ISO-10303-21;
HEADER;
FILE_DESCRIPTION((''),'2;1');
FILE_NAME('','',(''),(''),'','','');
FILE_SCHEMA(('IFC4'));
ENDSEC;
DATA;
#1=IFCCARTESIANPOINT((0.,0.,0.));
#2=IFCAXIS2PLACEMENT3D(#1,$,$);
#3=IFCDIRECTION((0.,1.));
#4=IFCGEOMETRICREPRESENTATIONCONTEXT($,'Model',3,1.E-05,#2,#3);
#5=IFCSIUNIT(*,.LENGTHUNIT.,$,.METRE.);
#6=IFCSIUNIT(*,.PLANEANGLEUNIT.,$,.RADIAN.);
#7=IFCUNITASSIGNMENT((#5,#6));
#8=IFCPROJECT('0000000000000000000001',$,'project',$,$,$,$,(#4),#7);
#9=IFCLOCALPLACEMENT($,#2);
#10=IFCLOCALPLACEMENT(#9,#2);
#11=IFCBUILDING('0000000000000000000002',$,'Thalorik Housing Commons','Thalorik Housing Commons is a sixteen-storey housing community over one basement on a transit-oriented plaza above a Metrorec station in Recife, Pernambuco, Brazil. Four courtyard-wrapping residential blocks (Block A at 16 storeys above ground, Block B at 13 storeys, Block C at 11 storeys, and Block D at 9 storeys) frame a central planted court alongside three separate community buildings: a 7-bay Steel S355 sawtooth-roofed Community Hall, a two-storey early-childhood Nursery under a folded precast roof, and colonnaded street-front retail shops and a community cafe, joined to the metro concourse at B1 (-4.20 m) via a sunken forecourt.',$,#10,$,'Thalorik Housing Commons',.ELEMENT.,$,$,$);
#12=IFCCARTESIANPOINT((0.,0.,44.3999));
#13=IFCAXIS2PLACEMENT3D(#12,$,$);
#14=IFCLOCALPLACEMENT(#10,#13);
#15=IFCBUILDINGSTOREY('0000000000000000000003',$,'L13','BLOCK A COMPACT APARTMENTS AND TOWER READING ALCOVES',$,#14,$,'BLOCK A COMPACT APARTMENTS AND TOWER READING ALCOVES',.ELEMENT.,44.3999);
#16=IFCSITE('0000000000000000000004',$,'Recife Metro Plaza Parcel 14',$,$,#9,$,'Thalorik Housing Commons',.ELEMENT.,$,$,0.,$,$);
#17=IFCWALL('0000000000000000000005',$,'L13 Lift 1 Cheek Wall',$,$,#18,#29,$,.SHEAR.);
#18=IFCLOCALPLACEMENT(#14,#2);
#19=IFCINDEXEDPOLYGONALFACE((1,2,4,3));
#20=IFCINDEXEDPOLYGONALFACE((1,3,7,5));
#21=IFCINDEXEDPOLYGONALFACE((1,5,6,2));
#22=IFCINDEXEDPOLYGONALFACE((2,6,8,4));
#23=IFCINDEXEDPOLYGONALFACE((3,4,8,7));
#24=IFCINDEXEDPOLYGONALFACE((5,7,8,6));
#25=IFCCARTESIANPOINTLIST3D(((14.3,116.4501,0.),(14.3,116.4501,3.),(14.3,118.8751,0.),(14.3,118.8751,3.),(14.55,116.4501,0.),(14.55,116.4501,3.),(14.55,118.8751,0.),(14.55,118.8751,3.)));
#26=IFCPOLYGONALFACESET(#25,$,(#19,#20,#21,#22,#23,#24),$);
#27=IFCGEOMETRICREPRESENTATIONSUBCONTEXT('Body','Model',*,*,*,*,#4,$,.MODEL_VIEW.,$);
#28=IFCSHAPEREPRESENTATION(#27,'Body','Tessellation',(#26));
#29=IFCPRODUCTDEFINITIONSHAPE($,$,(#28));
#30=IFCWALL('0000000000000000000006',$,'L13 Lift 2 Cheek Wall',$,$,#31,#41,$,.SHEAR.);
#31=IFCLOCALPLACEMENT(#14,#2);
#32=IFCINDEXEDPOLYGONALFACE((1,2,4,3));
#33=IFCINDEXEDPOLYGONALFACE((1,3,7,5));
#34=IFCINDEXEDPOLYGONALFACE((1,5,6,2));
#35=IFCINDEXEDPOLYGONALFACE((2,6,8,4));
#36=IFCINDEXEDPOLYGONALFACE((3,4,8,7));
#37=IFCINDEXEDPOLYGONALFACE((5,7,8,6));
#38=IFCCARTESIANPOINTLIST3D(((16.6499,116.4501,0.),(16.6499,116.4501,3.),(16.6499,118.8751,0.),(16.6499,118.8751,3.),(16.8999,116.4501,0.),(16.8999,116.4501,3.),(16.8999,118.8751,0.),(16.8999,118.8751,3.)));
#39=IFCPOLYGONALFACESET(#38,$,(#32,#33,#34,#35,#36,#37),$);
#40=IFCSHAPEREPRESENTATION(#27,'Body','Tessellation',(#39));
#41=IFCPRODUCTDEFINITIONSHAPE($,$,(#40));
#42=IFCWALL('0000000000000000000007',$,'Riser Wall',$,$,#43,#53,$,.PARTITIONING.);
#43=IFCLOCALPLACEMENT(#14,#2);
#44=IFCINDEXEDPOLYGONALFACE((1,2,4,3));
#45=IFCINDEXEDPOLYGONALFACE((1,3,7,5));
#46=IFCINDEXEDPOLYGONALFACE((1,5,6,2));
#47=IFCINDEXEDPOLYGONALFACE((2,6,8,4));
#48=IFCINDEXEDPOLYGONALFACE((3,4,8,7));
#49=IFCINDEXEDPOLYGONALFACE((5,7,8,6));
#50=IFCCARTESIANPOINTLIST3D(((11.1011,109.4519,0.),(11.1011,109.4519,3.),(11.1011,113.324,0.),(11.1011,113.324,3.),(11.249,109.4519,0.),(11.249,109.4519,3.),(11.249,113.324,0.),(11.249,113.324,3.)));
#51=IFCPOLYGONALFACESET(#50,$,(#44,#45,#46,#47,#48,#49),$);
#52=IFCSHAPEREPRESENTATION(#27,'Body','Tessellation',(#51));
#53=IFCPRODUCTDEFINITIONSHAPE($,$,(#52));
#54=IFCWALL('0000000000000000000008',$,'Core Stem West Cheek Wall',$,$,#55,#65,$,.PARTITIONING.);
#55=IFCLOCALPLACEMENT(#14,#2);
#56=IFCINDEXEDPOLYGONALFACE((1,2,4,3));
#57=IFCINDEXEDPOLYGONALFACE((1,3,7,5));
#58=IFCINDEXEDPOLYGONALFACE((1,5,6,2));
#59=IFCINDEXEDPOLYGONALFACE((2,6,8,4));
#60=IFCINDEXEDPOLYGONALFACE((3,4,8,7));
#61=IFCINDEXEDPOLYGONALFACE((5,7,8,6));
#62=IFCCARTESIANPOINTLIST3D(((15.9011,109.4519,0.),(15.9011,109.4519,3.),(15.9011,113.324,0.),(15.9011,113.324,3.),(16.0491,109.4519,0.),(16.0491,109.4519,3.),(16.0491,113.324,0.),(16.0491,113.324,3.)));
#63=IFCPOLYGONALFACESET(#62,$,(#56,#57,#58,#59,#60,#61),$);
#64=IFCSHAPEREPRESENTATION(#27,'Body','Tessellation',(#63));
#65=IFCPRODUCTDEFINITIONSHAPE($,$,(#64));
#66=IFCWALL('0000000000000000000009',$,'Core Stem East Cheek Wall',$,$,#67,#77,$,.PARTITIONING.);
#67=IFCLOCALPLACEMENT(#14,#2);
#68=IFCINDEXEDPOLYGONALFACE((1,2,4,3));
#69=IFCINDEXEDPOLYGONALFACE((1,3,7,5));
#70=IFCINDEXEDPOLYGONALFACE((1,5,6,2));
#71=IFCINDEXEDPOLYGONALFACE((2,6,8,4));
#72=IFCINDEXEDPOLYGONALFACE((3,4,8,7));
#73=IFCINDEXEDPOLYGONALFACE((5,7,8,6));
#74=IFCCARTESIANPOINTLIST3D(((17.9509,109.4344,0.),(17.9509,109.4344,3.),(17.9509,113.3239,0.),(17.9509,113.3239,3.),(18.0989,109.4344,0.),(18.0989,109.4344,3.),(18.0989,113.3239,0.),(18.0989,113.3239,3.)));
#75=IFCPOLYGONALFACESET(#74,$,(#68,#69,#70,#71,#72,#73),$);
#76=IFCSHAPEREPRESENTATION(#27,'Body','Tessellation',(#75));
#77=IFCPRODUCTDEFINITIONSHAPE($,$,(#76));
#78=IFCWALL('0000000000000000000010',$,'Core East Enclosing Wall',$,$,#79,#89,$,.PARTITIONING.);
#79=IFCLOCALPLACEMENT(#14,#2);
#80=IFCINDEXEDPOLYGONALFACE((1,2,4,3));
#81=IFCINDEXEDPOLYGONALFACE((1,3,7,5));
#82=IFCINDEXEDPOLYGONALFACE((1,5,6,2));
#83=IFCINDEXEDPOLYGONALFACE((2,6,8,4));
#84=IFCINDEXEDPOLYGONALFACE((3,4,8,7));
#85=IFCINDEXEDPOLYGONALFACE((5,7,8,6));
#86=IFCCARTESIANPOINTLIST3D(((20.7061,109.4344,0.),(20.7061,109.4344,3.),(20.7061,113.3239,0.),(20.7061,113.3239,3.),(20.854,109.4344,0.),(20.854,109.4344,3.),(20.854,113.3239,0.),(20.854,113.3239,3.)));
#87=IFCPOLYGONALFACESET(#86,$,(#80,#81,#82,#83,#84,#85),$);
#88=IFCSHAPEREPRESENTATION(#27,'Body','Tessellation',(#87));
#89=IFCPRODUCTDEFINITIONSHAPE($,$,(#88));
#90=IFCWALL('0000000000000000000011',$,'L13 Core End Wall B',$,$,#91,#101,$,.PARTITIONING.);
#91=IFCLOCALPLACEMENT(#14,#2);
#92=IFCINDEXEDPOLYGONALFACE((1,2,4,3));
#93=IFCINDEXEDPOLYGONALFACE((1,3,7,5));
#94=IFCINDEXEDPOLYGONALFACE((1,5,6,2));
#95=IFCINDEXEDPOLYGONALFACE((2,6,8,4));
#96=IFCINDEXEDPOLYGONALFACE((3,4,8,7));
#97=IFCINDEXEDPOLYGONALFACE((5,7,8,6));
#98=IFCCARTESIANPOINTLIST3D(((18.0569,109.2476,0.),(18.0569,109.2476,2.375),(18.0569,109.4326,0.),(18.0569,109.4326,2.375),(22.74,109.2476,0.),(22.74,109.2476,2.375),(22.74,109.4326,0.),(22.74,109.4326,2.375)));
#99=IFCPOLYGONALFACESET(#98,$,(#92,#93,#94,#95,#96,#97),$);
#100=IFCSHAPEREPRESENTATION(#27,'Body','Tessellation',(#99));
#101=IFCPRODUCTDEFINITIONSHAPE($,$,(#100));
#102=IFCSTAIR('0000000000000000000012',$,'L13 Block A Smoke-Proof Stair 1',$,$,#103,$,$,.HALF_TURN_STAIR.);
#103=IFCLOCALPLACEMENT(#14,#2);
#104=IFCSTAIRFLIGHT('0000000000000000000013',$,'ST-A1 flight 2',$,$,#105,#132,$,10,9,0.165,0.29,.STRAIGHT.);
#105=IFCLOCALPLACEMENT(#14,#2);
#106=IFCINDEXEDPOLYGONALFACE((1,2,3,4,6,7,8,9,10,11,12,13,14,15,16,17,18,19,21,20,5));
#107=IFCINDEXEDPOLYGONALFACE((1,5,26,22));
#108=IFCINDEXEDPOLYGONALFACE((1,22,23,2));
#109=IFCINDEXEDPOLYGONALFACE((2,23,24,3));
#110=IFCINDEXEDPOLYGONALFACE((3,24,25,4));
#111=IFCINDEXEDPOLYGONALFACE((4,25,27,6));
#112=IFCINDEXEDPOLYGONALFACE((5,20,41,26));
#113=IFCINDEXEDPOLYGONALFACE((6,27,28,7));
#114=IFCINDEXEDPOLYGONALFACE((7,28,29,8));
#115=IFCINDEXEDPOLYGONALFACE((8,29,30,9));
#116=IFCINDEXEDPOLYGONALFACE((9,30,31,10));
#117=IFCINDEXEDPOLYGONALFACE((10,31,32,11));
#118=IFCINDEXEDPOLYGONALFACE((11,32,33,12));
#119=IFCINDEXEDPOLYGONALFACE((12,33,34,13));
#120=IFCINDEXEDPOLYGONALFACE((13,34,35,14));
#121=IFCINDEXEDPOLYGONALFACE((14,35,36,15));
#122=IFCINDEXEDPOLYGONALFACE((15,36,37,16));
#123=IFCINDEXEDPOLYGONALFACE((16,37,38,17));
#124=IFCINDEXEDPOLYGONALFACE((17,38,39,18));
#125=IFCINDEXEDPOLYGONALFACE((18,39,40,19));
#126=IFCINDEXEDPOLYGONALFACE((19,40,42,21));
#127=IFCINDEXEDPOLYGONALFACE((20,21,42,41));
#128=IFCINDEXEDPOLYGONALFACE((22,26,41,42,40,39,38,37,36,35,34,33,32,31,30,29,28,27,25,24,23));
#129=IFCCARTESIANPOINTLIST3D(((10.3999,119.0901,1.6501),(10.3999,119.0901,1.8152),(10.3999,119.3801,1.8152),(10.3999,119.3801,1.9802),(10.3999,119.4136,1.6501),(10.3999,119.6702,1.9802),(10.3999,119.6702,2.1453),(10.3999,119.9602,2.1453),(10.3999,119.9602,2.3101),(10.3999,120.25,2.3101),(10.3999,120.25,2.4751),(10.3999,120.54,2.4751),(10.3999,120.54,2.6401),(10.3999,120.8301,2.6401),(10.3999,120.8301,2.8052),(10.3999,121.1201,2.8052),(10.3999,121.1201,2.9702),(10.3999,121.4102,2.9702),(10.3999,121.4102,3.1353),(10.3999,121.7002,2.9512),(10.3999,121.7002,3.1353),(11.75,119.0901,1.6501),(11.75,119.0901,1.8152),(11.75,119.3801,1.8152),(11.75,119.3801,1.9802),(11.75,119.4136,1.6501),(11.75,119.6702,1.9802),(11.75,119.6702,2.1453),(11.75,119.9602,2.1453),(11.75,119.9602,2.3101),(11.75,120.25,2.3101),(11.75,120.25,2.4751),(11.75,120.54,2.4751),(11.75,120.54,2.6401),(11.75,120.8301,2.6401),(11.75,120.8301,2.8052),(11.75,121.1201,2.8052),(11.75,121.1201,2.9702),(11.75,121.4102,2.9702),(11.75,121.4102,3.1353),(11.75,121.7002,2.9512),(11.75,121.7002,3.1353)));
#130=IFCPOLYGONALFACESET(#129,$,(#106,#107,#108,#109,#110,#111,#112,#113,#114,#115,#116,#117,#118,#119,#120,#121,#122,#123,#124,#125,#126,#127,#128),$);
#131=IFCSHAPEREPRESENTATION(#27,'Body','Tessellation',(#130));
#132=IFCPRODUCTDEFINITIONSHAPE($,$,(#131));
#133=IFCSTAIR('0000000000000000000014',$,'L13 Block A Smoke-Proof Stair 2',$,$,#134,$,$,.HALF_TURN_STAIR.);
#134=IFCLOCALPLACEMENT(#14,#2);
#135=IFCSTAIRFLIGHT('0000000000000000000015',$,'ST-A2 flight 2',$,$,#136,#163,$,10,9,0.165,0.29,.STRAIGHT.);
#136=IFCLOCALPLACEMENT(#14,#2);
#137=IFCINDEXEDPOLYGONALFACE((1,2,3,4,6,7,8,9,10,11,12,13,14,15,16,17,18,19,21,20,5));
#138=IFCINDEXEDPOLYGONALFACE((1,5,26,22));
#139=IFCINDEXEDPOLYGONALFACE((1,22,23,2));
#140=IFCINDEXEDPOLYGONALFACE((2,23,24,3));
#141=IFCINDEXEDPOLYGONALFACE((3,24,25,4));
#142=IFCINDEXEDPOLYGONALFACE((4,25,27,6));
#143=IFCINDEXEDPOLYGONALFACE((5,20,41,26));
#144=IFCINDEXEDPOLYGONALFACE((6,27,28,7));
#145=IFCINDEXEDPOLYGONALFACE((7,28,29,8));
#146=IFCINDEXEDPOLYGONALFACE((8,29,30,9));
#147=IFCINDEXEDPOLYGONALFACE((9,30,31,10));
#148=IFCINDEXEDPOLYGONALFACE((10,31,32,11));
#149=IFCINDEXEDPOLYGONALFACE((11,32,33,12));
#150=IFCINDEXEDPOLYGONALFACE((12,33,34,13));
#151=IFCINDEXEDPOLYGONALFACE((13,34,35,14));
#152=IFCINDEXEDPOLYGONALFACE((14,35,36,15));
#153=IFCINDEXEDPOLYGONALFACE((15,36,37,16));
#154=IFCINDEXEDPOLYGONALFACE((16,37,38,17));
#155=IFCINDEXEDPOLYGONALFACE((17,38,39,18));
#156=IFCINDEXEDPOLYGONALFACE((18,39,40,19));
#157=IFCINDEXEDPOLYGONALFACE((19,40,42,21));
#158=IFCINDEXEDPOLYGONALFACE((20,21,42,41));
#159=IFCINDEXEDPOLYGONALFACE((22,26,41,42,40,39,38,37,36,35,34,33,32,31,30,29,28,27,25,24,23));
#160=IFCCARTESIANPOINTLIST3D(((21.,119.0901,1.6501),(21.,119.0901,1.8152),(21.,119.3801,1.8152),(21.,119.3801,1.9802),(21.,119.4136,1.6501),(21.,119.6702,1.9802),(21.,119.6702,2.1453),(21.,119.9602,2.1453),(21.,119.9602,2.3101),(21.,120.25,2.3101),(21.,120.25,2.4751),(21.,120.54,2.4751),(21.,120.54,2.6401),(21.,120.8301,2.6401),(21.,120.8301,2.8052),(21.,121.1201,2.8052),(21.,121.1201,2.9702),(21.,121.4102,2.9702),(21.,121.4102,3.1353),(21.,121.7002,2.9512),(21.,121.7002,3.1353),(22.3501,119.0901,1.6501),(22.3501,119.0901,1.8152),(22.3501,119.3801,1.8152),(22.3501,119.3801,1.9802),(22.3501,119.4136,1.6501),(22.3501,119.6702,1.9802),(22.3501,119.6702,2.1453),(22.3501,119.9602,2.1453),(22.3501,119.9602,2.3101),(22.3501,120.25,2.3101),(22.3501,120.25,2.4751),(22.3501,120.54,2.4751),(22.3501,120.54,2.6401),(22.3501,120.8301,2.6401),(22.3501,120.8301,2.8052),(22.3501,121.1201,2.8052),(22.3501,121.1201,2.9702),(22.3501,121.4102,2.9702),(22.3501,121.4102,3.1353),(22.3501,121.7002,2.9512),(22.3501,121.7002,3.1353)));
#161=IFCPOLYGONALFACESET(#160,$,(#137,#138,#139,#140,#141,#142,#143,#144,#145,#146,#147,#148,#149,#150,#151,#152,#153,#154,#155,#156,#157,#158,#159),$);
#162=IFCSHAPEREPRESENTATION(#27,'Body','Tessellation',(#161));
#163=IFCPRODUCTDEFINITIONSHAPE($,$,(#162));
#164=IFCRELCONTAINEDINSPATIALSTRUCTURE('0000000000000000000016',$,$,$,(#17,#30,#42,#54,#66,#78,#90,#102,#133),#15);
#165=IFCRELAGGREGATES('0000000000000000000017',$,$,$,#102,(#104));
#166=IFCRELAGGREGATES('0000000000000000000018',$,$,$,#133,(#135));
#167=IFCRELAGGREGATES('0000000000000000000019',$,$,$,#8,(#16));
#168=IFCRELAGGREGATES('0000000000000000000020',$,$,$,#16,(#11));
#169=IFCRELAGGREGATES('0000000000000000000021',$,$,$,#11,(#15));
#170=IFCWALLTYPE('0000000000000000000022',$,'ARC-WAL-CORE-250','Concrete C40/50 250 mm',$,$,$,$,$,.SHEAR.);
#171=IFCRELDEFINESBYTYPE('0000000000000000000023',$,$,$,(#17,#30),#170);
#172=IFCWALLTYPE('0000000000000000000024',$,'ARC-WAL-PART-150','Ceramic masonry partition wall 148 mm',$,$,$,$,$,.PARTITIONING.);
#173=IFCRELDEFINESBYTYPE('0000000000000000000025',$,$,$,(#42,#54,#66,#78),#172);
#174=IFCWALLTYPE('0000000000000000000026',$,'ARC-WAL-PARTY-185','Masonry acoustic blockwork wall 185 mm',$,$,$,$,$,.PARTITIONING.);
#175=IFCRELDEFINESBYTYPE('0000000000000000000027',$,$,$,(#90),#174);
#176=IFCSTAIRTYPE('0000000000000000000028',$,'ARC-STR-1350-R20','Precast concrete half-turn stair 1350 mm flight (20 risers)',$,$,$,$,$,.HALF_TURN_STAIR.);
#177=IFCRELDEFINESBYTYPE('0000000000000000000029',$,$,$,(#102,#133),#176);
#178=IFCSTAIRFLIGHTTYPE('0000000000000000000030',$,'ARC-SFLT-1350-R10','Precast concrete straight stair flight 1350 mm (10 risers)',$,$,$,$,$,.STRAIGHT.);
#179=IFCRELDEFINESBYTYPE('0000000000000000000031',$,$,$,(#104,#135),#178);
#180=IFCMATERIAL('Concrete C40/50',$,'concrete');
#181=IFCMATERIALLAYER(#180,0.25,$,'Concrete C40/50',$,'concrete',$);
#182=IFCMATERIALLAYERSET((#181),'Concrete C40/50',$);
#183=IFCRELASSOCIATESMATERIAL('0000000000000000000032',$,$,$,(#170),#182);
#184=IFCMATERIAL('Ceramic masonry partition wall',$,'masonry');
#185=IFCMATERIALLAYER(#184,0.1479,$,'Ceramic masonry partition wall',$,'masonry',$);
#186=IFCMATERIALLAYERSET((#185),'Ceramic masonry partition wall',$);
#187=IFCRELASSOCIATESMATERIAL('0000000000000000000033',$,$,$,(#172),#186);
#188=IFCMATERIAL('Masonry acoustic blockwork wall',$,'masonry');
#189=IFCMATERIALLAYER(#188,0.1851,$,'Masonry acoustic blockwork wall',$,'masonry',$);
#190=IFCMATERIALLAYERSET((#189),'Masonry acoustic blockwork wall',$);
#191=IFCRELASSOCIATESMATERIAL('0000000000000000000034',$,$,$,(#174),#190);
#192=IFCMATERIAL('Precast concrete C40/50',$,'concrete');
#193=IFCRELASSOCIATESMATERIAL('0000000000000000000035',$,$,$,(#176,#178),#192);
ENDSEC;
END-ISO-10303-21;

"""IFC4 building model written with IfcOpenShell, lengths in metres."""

from ifc_helpers import new_model, si_unit, direction, frame, frame_2d, origin, place, context, subcontext, project, spatial, polyline, rectangle, outline, extrude, material, layer, layer_set, type_object, element, aggregate, save


model = new_model("IFC4")

# Units and contexts
model_context = context("Model", 3, precision=1e-05, world=origin(), true_north=direction((0.0, 1.0)))
body_context = subcontext(model_context, "Body", "Model", "MODEL_VIEW")
ifc_project = project(units=[si_unit("LENGTHUNIT", "METRE"), si_unit("PLANEANGLEUNIT", "RADIAN")], contexts=[model_context])

# Site, building, storey
site_placement = place(None, origin())
site = spatial("IfcSite", under=ifc_project, at=site_placement, Name="Recife Metro Plaza Parcel 14", LongName="Thalorik Housing Commons", CompositionType="ELEMENT", RefElevation=0.0)
building_placement = place(site_placement, origin())
building = spatial("IfcBuilding", under=site, at=building_placement, Name="Thalorik Housing Commons", Description="Thalorik Housing Commons is a sixteen-storey housing community over one basement on a transit-oriented plaza above a Metrorec station in Recife, Pernambuco, Brazil. Four courtyard-wrapping residential blocks (Block A at 16 storeys above ground, Block B at 13 storeys, Block C at 11 storeys, and Block D at 9 storeys) frame a central planted court alongside three separate community buildings: a 7-bay Steel S355 sawtooth-roofed Community Hall, a two-storey early-childhood Nursery under a folded precast roof, and colonnaded street-front retail shops and a community cafe, joined to the metro concourse at B1 (-4.20 m) via a sunken forecourt.", LongName="Thalorik Housing Commons", CompositionType="ELEMENT")
storey_placement = place(building_placement, frame((0.0, 0.0, 44.3999)))
storey = spatial("IfcBuildingStorey", under=building, at=storey_placement, Name="L13", Description="BLOCK A COMPACT APARTMENTS AND TOWER READING ALCOVES", LongName="BLOCK A COMPACT APARTMENTS AND TOWER READING ALCOVES", CompositionType="ELEMENT", Elevation=44.3999)

# Shared definitions
ifc_material_1 = material(Name="Concrete C40/50", Category="concrete")
ifc_layer_1 = layer(ifc_material_1, 0.25, Name="Concrete C40/50", Category="concrete")
ifc_layer_set_1 = layer_set([ifc_layer_1], Name="Concrete C40/50")
wall_type_1 = type_object("IfcWallType", Name="ARC-WAL-CORE-250", Description="Concrete C40/50 250 mm", PredefinedType="SHEAR", material=ifc_layer_set_1)

# Walls
for number, where, z_axis, x_axis, name in (
    (1, (14.425, 118.875, 0.0), (0.0, 0.0, 1.0), (0.0, -1.0, 0.0), "L13 Lift 1 Cheek Wall"),
    (2, (16.7749, 118.875, 0.0), (0.0, 0.0, 1.0), (0.0, -1.0, 0.0), "L13 Lift 2 Cheek Wall"),
):
    element("IfcWall", number, at=place(storey_placement, frame(where, z_axis=z_axis, x_axis=x_axis)), inside=storey, type_object=wall_type_1, Name=name, PredefinedType="SHEAR", context=body_context, shape_type="SweptSolid", body=[
        extrude(rectangle(XDim=2.425, YDim=0.25, at=frame_2d((1.2124, 0.0))), origin(), (0.0, 0.0, 1.0), 3.0),
    ])
ifc_material_2 = material(Name="Ceramic masonry partition wall", Category="masonry")
ifc_layer_2 = layer(ifc_material_2, 0.1479, Name="Ceramic masonry partition wall", Category="masonry")
ifc_layer_set_2 = layer_set([ifc_layer_2], Name="Ceramic masonry partition wall")
wall_type_2 = type_object("IfcWallType", Name="ARC-WAL-PART-150", Description="Ceramic masonry partition wall 148 mm", PredefinedType="PARTITIONING", material=ifc_layer_set_2)
for number, where, z_axis, x_axis, name in (
    (3, (11.175, 113.324, 0.0), (0.0, 0.0, 1.0), (0.0, -1.0, 0.0), "Riser Wall"),
    (4, (15.9751, 113.324, 0.0), (0.0, 0.0, 1.0), (0.0, -1.0, 0.0), "Core Stem West Cheek Wall"),
):
    element("IfcWall", number, at=place(storey_placement, frame(where, z_axis=z_axis, x_axis=x_axis)), inside=storey, type_object=wall_type_2, Name=name, PredefinedType="PARTITIONING", context=body_context, shape_type="SweptSolid", body=[
        extrude(rectangle(XDim=3.8721, YDim=0.1479, at=frame_2d((1.936, 0.0))), origin(), (0.0, 0.0, 1.0), 3.0),
    ])
for number, where, z_axis, x_axis, name in (
    (5, (18.0249, 113.324, 0.0), (0.0, 0.0, 1.0), (0.0, -1.0, 0.0), "Core Stem East Cheek Wall"),
    (6, (20.78, 113.324, 0.0), (0.0, 0.0, 1.0), (0.0, -1.0, 0.0), "Core East Enclosing Wall"),
):
    element("IfcWall", number, at=place(storey_placement, frame(where, z_axis=z_axis, x_axis=x_axis)), inside=storey, type_object=wall_type_2, Name=name, PredefinedType="PARTITIONING", context=body_context, shape_type="SweptSolid", body=[
        extrude(rectangle(XDim=3.8894, YDim=0.1479, at=frame_2d((1.9448, 0.0))), origin(), (0.0, 0.0, 1.0), 3.0),
    ])

# Wall
ifc_material_3 = material(Name="Masonry acoustic blockwork wall", Category="masonry")
ifc_layer_3 = layer(ifc_material_3, 0.1851, Name="Masonry acoustic blockwork wall", Category="masonry")
ifc_layer_set_3 = layer_set([ifc_layer_3], Name="Masonry acoustic blockwork wall")
wall_type_3 = type_object("IfcWallType", Name="ARC-WAL-PARTY-185", Description="Masonry acoustic blockwork wall 185 mm", PredefinedType="PARTITIONING", material=ifc_layer_set_3)
wall_1_placement = place(storey_placement, frame((18.0569, 109.3401, 0.0), z_axis=(0.0, 0.0, 1.0), x_axis=(1.0, 0.0, 0.0)))
element("IfcWall", 7, at=wall_1_placement, inside=storey, type_object=wall_type_3, Name="L13 Core End Wall B", PredefinedType="PARTITIONING", context=body_context, shape_type="SweptSolid", body=[
    extrude(rectangle(XDim=4.6831, YDim=0.1851, at=frame_2d((2.3416, 0.0))), origin(), (0.0, 0.0, 1.0), 2.375),
])

# Stairs, stair flights
ifc_material_4 = material(Name="Precast concrete C40/50", Category="concrete")
stair_type = type_object("IfcStairType", Name="ARC-STR-1350-R20", Description="Precast concrete half-turn stair 1350 mm flight (20 risers)", PredefinedType="HALF_TURN_STAIR", material=ifc_material_4)
stair_1_placement = place(storey_placement, origin())
stair_1 = element("IfcStair", 8, at=stair_1_placement, inside=storey, type_object=stair_type, Name="L13 Block A Smoke-Proof Stair 1", PredefinedType="HALF_TURN_STAIR")
stair_flight_type = type_object("IfcStairFlightType", Name="ARC-SFLT-1350-R10", Description="Precast concrete straight stair flight 1350 mm (10 risers)", PredefinedType="STRAIGHT", material=ifc_material_4)
stair_flight_1_placement = place(storey_placement, frame((11.075, 119.0901, 1.6501), z_axis=(0.0, 0.0, 1.0), x_axis=(0.0, 1.0, 0.0)))
stair_flight_1 = element("IfcStairFlight", 9, at=stair_flight_1_placement, type_object=stair_flight_type, Name="ST-A1 flight 2", NumberOfRisers=10, NumberOfTreads=9, PredefinedType="STRAIGHT", RiserHeight=0.165, TreadLength=0.29, context=body_context, shape_type="SweptSolid", body=[
    extrude(outline(polyline([(0.0, 0.0), (0.0, 0.165), (0.29, 0.165), (0.29, 0.3301), (0.5801, 0.3301), (0.5801, 0.4951), (0.8701, 0.4951), (0.8701, 0.6599), (1.1599, 0.6599), (1.1599, 0.825), (1.45, 0.825), (1.45, 0.99), (1.74, 0.99), (1.74, 1.155), (2.03, 1.155), (2.03, 1.3201), (2.3201, 1.3201), (2.3201, 1.4851), (2.6101, 1.4851), (2.6101, 1.6499), (2.6101, 1.301), (0.3235, 0.0), (0.0, 0.0)])), frame((0.0, 0.675, 0.0), z_axis=(0.0, -1.0, 0.0), x_axis=(1.0, 0.0, 0.0)), (0.0, 0.0, 1.0), 1.3501),
])
aggregate(stair_1, [stair_flight_1])
stair_2_placement = place(storey_placement, origin())
stair_2 = element("IfcStair", 10, at=stair_2_placement, inside=storey, type_object=stair_type, Name="L13 Block A Smoke-Proof Stair 2", PredefinedType="HALF_TURN_STAIR")
stair_flight_2_placement = place(storey_placement, frame((21.675, 119.0901, 1.6501), z_axis=(0.0, 0.0, 1.0), x_axis=(0.0, 1.0, 0.0)))
stair_flight_2 = element("IfcStairFlight", 11, at=stair_flight_2_placement, type_object=stair_flight_type, Name="ST-A2 flight 2", NumberOfRisers=10, NumberOfTreads=9, PredefinedType="STRAIGHT", RiserHeight=0.165, TreadLength=0.29, context=body_context, shape_type="SweptSolid", body=[
    extrude(outline(polyline([(0.0, 0.0), (0.0, 0.165), (0.29, 0.165), (0.29, 0.3301), (0.5801, 0.3301), (0.5801, 0.4951), (0.8701, 0.4951), (0.8701, 0.6599), (1.1599, 0.6599), (1.1599, 0.825), (1.45, 0.825), (1.45, 0.99), (1.74, 0.99), (1.74, 1.155), (2.03, 1.155), (2.03, 1.3201), (2.3201, 1.3201), (2.3201, 1.4851), (2.6101, 1.4851), (2.6101, 1.6499), (2.6101, 1.301), (0.3235, 0.0), (0.0, 0.0)])), frame((0.0, 0.675, 0.0), z_axis=(0.0, -1.0, 0.0), x_axis=(1.0, 0.0, 0.0)), (0.0, 0.0, 1.0), 1.3501),
])
aggregate(stair_2, [stair_flight_2])

save(model, "model.ifc")
